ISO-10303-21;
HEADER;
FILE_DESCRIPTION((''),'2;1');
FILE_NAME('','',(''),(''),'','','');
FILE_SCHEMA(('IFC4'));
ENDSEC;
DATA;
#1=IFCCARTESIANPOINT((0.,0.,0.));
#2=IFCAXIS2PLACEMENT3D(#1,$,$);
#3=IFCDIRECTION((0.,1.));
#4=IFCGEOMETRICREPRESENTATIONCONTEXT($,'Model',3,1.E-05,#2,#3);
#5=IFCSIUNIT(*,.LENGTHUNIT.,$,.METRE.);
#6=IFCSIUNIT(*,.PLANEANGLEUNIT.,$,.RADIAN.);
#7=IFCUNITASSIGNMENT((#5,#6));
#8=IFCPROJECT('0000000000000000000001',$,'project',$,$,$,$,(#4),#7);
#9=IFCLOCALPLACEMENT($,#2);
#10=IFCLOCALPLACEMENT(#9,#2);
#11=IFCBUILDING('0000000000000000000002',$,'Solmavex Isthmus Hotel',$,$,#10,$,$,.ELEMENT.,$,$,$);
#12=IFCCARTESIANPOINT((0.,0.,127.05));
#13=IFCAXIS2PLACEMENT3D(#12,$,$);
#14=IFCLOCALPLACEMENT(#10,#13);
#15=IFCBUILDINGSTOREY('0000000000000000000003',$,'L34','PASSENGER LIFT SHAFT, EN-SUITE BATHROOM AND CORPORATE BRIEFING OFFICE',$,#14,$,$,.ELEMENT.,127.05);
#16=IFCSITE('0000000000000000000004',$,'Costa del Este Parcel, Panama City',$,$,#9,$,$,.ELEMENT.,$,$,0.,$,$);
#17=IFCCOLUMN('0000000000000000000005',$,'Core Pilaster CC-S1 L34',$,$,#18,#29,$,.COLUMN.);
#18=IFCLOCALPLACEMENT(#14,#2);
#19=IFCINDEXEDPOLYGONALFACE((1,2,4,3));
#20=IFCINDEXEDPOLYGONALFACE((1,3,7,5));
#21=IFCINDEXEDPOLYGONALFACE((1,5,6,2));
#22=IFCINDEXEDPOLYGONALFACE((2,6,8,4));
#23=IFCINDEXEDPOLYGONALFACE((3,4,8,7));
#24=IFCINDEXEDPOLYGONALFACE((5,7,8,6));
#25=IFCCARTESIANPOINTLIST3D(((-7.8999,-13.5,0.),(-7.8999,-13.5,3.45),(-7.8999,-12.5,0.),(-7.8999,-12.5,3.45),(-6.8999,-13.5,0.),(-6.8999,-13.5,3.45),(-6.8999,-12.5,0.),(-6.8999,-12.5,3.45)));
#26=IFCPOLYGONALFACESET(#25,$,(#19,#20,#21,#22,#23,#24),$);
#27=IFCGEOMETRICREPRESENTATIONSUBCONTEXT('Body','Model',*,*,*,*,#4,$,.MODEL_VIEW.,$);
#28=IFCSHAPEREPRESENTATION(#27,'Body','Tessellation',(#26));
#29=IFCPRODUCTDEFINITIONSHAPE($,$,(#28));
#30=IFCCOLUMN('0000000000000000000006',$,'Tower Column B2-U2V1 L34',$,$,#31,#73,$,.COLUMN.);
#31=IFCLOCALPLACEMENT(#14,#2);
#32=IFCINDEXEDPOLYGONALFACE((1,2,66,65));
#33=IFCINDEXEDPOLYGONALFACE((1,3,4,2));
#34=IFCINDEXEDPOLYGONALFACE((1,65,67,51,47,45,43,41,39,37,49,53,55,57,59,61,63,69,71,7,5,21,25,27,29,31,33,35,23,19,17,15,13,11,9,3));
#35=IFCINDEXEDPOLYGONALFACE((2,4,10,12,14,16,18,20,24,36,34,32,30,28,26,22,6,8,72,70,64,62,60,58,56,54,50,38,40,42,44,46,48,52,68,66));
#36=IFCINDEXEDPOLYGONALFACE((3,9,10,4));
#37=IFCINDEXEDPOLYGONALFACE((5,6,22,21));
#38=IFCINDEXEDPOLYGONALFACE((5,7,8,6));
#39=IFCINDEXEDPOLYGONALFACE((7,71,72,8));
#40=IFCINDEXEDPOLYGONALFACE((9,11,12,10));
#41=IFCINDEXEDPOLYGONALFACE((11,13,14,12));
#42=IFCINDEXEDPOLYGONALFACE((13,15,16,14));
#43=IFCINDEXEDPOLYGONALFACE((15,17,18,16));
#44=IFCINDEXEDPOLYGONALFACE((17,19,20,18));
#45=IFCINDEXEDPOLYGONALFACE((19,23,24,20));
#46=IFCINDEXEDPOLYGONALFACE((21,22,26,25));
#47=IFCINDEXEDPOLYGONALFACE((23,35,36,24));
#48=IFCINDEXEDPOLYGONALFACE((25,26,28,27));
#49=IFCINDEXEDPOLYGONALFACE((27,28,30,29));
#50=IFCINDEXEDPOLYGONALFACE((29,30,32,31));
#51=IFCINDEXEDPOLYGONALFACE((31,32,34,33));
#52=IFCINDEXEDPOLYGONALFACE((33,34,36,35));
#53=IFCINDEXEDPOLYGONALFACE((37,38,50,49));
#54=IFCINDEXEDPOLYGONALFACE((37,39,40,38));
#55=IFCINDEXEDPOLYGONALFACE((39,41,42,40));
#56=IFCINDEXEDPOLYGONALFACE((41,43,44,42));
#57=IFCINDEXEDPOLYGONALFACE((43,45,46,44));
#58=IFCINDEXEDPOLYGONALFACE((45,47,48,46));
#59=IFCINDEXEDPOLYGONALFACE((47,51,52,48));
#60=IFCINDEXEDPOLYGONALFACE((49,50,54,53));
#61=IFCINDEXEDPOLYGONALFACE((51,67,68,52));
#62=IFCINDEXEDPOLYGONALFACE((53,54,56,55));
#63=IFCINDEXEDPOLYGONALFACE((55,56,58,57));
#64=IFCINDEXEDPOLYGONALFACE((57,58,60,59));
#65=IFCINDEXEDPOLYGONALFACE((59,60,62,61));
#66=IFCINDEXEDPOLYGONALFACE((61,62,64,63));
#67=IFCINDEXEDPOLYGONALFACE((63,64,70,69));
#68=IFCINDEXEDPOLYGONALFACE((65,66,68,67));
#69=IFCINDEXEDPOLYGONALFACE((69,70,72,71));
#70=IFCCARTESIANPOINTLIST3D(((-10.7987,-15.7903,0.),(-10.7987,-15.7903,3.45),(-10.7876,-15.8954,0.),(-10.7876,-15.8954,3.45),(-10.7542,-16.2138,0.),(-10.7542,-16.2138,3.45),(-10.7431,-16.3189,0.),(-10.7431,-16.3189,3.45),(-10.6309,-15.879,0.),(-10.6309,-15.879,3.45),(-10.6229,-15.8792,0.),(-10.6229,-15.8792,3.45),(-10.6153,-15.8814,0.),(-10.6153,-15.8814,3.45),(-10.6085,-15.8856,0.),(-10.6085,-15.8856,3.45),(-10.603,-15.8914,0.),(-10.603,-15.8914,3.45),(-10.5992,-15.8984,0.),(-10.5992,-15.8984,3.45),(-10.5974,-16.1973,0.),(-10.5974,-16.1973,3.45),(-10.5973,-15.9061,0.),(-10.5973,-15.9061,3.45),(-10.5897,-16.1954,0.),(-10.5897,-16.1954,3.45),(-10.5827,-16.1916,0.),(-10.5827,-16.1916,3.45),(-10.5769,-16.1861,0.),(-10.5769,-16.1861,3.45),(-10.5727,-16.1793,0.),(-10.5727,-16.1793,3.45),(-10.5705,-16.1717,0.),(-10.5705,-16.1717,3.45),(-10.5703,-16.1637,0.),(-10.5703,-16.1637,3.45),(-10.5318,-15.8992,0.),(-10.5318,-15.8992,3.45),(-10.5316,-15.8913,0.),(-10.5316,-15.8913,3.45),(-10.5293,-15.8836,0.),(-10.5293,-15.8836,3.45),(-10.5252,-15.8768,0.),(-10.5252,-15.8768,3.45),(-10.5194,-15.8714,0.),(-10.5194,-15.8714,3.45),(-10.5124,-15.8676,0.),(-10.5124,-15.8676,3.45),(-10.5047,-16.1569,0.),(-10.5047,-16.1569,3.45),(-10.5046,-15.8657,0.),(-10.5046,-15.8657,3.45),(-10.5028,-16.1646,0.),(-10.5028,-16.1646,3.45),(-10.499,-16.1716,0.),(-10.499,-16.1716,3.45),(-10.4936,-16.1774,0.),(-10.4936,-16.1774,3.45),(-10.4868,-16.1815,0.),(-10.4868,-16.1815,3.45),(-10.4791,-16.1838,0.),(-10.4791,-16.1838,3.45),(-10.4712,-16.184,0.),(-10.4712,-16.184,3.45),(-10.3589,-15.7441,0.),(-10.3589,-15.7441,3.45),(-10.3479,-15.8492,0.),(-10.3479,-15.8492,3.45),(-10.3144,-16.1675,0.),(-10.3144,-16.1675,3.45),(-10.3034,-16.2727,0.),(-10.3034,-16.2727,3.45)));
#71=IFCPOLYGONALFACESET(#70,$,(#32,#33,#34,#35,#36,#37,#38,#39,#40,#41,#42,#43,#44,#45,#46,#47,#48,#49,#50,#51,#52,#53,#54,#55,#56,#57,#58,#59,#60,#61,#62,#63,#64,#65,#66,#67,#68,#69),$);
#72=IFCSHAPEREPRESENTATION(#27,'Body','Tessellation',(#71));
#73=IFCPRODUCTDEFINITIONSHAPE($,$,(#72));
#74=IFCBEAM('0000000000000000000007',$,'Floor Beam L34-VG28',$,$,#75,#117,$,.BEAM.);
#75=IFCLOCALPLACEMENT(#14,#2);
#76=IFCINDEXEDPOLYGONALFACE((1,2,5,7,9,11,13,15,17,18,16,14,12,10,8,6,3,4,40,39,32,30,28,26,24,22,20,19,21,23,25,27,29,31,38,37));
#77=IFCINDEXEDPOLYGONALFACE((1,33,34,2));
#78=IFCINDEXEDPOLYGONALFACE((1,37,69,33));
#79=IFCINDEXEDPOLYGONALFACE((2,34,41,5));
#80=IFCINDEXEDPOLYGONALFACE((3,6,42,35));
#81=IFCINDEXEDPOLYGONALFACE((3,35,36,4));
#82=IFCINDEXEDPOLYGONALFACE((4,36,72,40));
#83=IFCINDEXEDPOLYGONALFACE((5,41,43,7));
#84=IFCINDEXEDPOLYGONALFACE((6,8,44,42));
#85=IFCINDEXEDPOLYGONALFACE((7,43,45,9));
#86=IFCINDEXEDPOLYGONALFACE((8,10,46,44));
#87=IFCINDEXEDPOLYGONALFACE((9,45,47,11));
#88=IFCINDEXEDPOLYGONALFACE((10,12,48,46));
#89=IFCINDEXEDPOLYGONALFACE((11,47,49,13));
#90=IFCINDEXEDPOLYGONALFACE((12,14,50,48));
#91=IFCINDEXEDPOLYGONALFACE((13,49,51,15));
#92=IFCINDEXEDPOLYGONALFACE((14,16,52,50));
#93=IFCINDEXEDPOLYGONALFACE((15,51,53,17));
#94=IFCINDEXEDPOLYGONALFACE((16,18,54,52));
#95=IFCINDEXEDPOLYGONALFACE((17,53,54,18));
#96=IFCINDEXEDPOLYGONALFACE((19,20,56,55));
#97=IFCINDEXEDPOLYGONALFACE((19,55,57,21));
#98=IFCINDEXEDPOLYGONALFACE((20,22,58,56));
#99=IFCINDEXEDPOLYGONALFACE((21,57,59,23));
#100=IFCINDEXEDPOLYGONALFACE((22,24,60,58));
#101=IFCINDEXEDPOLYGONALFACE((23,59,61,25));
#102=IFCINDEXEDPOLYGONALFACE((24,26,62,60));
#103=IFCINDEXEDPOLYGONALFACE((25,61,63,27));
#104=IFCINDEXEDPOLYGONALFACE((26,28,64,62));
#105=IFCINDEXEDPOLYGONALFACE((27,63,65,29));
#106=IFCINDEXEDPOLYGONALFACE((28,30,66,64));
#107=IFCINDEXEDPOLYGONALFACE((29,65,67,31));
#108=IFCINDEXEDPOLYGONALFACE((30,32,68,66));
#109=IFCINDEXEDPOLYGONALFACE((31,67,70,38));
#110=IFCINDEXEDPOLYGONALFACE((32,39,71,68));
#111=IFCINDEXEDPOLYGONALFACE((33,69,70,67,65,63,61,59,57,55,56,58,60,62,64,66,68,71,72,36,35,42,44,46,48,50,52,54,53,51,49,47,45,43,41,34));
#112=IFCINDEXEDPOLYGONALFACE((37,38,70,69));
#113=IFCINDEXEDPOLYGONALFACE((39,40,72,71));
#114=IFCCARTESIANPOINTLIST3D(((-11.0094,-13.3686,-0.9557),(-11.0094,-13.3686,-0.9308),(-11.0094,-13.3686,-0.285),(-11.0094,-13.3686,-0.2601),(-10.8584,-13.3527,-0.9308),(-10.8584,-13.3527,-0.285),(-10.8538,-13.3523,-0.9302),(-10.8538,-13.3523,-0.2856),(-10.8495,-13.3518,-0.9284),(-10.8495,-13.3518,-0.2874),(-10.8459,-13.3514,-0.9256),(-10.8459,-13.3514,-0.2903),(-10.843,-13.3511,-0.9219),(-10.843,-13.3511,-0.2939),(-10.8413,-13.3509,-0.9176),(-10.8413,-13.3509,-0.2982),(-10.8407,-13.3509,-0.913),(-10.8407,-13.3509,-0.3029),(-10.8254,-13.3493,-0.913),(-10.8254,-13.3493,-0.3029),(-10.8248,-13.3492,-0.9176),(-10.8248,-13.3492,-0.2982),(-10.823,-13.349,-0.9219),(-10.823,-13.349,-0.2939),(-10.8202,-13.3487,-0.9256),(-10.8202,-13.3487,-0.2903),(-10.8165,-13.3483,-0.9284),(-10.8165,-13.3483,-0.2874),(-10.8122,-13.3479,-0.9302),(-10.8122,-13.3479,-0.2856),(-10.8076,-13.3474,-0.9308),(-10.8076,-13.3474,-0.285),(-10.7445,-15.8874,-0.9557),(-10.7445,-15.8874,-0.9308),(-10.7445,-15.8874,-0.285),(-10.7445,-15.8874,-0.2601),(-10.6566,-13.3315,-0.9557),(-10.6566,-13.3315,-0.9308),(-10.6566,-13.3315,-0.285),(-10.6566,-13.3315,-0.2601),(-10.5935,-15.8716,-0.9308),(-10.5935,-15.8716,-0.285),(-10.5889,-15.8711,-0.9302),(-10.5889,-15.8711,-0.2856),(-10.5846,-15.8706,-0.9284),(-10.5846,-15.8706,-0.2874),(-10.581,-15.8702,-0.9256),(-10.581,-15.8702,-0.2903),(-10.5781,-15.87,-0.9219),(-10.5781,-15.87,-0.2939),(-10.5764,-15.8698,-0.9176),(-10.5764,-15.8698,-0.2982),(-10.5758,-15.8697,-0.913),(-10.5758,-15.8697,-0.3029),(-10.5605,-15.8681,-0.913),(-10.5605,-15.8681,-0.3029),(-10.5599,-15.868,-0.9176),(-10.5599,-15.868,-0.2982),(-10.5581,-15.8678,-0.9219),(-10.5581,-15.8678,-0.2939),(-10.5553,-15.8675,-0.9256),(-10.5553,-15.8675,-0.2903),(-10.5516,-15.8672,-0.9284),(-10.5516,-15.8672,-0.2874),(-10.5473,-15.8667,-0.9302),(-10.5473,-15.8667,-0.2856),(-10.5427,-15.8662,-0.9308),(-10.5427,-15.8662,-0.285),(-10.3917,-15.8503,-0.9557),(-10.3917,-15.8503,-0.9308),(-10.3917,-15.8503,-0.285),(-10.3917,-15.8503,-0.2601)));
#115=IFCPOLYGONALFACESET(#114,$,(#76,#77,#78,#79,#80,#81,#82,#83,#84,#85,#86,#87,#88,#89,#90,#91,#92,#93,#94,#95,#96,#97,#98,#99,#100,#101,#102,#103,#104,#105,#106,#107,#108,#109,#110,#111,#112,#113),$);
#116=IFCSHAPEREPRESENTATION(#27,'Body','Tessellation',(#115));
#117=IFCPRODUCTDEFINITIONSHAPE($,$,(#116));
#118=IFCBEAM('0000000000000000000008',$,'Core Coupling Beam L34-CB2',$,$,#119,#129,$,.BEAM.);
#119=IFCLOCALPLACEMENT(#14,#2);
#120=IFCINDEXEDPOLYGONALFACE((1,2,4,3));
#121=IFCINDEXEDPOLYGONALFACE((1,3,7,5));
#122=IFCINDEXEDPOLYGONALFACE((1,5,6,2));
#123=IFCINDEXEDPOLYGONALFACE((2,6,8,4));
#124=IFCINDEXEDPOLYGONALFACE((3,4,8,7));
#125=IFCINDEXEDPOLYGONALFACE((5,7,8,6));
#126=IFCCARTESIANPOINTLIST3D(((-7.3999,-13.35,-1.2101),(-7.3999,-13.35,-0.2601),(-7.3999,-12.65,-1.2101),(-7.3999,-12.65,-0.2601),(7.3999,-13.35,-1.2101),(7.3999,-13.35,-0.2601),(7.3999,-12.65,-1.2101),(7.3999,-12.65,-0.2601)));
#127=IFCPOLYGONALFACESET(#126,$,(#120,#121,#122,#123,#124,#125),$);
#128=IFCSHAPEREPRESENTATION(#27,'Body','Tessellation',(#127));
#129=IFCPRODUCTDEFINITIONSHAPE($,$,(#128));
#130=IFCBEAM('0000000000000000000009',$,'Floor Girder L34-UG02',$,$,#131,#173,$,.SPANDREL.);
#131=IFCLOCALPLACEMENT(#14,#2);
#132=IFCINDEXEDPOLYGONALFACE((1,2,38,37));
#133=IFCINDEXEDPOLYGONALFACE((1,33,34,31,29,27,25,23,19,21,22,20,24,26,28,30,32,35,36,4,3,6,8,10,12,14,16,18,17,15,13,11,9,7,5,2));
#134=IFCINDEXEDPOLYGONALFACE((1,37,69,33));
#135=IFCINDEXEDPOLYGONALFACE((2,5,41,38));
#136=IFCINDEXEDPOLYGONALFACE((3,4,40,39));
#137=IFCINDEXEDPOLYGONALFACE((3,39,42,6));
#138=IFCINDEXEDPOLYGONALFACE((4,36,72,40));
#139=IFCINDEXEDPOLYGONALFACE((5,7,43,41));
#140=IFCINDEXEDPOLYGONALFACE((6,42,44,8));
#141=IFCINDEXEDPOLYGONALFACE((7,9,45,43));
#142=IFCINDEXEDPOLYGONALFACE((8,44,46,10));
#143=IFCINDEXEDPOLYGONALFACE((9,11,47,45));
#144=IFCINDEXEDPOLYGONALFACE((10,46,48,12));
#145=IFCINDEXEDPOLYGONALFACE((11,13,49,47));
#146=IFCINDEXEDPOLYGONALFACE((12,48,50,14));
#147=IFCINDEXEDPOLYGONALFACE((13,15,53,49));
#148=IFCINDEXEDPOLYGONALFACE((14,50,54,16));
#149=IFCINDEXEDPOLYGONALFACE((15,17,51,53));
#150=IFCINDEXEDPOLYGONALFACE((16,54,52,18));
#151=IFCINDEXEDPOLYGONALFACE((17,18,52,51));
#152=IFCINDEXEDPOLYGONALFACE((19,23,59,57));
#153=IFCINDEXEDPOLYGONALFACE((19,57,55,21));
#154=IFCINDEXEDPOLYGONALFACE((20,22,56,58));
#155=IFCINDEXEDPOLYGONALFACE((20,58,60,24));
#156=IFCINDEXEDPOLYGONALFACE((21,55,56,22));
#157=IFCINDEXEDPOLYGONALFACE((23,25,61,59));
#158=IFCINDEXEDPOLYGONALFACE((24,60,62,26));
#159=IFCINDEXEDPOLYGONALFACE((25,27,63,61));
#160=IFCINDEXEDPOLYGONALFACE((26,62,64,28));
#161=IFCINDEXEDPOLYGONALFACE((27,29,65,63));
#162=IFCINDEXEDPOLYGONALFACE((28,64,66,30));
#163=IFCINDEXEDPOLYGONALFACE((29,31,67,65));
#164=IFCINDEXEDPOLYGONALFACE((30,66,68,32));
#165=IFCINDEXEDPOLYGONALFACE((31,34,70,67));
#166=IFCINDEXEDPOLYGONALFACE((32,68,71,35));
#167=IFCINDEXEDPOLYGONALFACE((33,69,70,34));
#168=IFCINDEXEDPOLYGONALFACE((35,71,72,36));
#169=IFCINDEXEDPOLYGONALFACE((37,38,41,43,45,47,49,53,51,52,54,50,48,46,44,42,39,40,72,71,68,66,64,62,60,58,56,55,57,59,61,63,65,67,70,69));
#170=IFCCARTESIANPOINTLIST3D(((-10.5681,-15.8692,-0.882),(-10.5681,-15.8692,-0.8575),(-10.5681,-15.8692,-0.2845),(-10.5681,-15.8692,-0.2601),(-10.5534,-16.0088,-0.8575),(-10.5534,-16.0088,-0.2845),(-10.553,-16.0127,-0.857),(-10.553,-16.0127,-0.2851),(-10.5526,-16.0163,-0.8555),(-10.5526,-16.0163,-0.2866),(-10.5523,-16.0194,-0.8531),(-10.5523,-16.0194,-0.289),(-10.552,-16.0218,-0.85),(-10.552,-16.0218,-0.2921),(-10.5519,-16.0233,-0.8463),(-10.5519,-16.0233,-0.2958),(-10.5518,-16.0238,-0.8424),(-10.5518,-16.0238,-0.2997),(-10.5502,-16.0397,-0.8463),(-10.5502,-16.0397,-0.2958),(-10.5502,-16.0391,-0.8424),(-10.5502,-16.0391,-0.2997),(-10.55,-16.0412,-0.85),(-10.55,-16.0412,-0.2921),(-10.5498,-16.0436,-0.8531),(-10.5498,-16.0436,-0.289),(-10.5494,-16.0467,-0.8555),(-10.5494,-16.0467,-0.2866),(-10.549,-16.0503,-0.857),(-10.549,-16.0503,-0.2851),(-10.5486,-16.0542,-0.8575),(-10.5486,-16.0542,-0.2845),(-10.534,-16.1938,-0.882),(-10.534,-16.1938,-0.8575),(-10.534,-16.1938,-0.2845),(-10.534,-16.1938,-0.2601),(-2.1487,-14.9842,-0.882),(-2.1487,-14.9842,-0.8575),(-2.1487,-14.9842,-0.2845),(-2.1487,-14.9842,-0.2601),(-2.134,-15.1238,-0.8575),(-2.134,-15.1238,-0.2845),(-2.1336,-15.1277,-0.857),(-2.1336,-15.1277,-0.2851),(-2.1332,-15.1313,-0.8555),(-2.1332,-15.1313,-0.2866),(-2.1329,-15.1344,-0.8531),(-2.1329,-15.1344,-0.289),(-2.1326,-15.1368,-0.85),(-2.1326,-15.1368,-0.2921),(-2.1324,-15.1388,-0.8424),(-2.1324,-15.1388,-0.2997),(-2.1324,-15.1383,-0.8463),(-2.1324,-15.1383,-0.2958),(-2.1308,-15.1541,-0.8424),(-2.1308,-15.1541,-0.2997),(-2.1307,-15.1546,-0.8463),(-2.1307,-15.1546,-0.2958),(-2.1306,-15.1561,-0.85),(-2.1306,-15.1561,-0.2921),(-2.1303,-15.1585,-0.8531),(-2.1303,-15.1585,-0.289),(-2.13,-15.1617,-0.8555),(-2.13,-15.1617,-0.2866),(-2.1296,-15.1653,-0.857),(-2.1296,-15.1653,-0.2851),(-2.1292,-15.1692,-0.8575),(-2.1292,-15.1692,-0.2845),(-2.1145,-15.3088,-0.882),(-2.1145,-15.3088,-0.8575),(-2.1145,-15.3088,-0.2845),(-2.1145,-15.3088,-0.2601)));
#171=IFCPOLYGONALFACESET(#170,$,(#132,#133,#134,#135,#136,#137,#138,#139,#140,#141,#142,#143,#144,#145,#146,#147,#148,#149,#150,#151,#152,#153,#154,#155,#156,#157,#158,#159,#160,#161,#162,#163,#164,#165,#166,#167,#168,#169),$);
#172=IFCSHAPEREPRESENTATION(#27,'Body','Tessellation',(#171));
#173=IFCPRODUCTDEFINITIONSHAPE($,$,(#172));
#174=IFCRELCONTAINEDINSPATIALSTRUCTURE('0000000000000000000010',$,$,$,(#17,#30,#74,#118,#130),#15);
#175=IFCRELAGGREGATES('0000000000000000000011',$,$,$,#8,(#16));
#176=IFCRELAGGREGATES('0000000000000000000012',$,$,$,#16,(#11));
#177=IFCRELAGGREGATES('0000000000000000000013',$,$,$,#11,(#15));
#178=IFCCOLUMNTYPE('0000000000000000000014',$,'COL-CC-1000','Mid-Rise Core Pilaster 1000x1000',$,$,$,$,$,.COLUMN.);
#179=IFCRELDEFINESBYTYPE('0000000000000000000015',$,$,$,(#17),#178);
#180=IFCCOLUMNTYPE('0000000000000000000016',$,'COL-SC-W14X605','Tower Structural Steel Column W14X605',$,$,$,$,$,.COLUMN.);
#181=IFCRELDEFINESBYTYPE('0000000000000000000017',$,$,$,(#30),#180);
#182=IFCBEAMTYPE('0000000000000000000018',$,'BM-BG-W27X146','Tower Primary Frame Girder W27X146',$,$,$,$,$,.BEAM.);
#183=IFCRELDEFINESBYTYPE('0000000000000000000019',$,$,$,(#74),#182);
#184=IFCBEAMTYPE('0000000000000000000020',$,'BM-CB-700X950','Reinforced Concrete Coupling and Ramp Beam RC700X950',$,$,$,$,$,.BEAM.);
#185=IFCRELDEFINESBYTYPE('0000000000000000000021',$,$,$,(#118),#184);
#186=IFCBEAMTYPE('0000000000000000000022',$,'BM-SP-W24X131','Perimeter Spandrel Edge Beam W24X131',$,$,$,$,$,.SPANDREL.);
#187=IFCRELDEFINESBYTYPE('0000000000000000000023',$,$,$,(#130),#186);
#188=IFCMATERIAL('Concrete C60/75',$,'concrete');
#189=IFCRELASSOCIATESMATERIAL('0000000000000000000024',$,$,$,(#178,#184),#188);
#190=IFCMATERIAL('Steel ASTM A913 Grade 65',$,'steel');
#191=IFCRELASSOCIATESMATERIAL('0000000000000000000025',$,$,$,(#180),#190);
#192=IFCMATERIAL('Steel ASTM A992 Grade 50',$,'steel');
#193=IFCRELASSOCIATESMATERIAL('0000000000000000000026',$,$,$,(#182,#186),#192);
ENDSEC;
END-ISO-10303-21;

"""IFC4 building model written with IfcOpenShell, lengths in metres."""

from ifc_helpers import new_model, si_unit, direction, frame, origin, origin_2d, place, context, subcontext, project, spatial, rectangle, i_section, extrude, material, material_profile, profile_set, type_object, element, save


model = new_model("IFC4")

# Units and contexts
model_context = context("Model", 3, precision=1e-05, world=origin(), true_north=direction((0.0, 1.0)))
body_context = subcontext(model_context, "Body", "Model", "MODEL_VIEW")
ifc_project = project(units=[si_unit("LENGTHUNIT", "METRE"), si_unit("PLANEANGLEUNIT", "RADIAN")], contexts=[model_context])

# Site, building, storey
site_placement = place(None, origin())
site = spatial("IfcSite", under=ifc_project, at=site_placement, Name="Costa del Este Parcel, Panama City", CompositionType="ELEMENT", RefElevation=0.0)
building_placement = place(site_placement, origin())
building = spatial("IfcBuilding", under=site, at=building_placement, Name="Solmavex Isthmus Hotel", CompositionType="ELEMENT")
storey_placement = place(building_placement, frame((0.0, 0.0, 127.05)))
storey = spatial("IfcBuildingStorey", under=building, at=storey_placement, Name="L34", Description="PASSENGER LIFT SHAFT, EN-SUITE BATHROOM AND CORPORATE BRIEFING OFFICE", CompositionType="ELEMENT", Elevation=127.05)

# Columns
ifc_material_1 = material(Name="Concrete C60/75", Category="concrete")
ifc_material_profile_1 = material_profile(ifc_material_1, rectangle(XDim=1.0, YDim=1.0, at=origin_2d()), Name="RC1000X1000")
ifc_profile_set_1 = profile_set([ifc_material_profile_1], Name="Concrete C60/75")
column_type_1 = type_object("IfcColumnType", Name="COL-CC-1000", Description="Mid-Rise Core Pilaster 1000x1000", PredefinedType="COLUMN", material=ifc_profile_set_1)
column_1_placement = place(storey_placement, frame((-7.3999, -13.0, 0.0), z_axis=(0.0, 0.0, 1.0), x_axis=(1.0, 0.0, 0.0)))
element("IfcColumn", 1, at=column_1_placement, inside=storey, type_object=column_type_1, Name="Core Pilaster CC-S1 L34", PredefinedType="COLUMN", context=body_context, shape_type="SweptSolid", body=[
    extrude(rectangle(XDim=1.0, YDim=1.0, at=origin_2d()), origin(), (0.0, 0.0, 1.0), 3.45),
])
ifc_material_2 = material(Name="Steel ASTM A913 Grade 65", Category="steel")
ifc_material_profile_2 = material_profile(ifc_material_2, i_section(OverallWidth=0.4421, OverallDepth=0.5315, WebThickness=0.0659, FlangeThickness=0.1057, FilletRadius=0.0305, at=origin_2d()), Name="W14X605")
ifc_profile_set_2 = profile_set([ifc_material_profile_2], Name="Steel ASTM A913 Grade 65")
column_type_2 = type_object("IfcColumnType", Name="COL-SC-W14X605", Description="Tower Structural Steel Column W14X605", PredefinedType="COLUMN", material=ifc_profile_set_2)
column_2_placement = place(storey_placement, frame((-10.551, -16.0315, 0.0), z_axis=(0.0, 0.0, 1.0), x_axis=(0.994522, 0.104528, 0.0)))
element("IfcColumn", 2, at=column_2_placement, inside=storey, type_object=column_type_2, Name="Tower Column B2-U2V1 L34", PredefinedType="COLUMN", context=body_context, shape_type="SweptSolid", body=[
    extrude(i_section(OverallWidth=0.4421, OverallDepth=0.5315, WebThickness=0.0659, FlangeThickness=0.1057, FilletRadius=0.0305, at=origin_2d()), origin(), (0.0, 0.0, 1.0), 3.45),
])

# Beams
ifc_material_3 = material(Name="Steel ASTM A992 Grade 50", Category="steel")
ifc_material_profile_3 = material_profile(ifc_material_3, i_section(OverallWidth=0.3547, OverallDepth=0.6956, WebThickness=0.0154, FlangeThickness=0.0249, FilletRadius=0.0178, at=origin_2d()), Name="W27X146")
ifc_profile_set_3 = profile_set([ifc_material_profile_3], Name="Steel ASTM A992 Grade 50")
beam_type_1 = type_object("IfcBeamType", Name="BM-BG-W27X146", Description="Tower Primary Frame Girder W27X146", PredefinedType="BEAM", material=ifc_profile_set_3)
beam_1_placement = place(storey_placement, frame((-10.5681, -15.8689, -0.6079), z_axis=(-0.104589, 0.994515, 0.0), x_axis=(-0.994515, -0.104589, 0.0)))
element("IfcBeam", 3, at=beam_1_placement, inside=storey, type_object=beam_type_1, Name="Floor Beam L34-VG28", PredefinedType="BEAM", context=body_context, shape_type="SweptSolid", body=[
    extrude(i_section(OverallWidth=0.3547, OverallDepth=0.6956, WebThickness=0.0154, FlangeThickness=0.0249, FilletRadius=0.0178, at=origin_2d()), origin(), (0.0, 0.0, 1.0), 2.5327),
])
ifc_material_profile_4 = material_profile(ifc_material_1, rectangle(XDim=0.7, YDim=0.95, at=origin_2d()), Name="RC700X950")
ifc_profile_set_4 = profile_set([ifc_material_profile_4], Name="Concrete C60/75")
beam_type_2 = type_object("IfcBeamType", Name="BM-CB-700X950", Description="Reinforced Concrete Coupling and Ramp Beam RC700X950", PredefinedType="BEAM", material=ifc_profile_set_4)
beam_2_placement = place(storey_placement, frame((-7.3999, -13.0, -0.7351), z_axis=(1.0, 0.0, 0.0), x_axis=(0.0, 1.0, 0.0)))
element("IfcBeam", 4, at=beam_2_placement, inside=storey, type_object=beam_type_2, Name="Core Coupling Beam L34-CB2", PredefinedType="BEAM", context=body_context, shape_type="SweptSolid", body=[
    extrude(rectangle(XDim=0.7, YDim=0.95, at=origin_2d()), origin(), (0.0, 0.0, 1.0), 14.7998),
])
ifc_material_profile_5 = material_profile(ifc_material_3, i_section(OverallWidth=0.3264, OverallDepth=0.6218, WebThickness=0.0154, FlangeThickness=0.0244, FilletRadius=0.0151, at=origin_2d()), Name="W24X131")
ifc_profile_set_5 = profile_set([ifc_material_profile_5], Name="Steel ASTM A992 Grade 50")
beam_type_3 = type_object("IfcBeamType", Name="BM-SP-W24X131", Description="Perimeter Spandrel Edge Beam W24X131", PredefinedType="SPANDREL", material=ifc_profile_set_5)
beam_3_placement = place(storey_placement, frame((-10.551, -16.0315, -0.571), z_axis=(0.994521, 0.104539, 0.0), x_axis=(-0.104539, 0.994521, 0.0)))
element("IfcBeam", 5, at=beam_3_placement, inside=storey, type_object=beam_type_3, Name="Floor Girder L34-UG02", PredefinedType="SPANDREL", context=body_context, shape_type="SweptSolid", body=[
    extrude(i_section(OverallWidth=0.3264, OverallDepth=0.6218, WebThickness=0.0154, FlangeThickness=0.0244, FilletRadius=0.0151, at=origin_2d()), origin(), (0.0, 0.0, 1.0), 8.4658),
])

save(model, "model.ifc")
